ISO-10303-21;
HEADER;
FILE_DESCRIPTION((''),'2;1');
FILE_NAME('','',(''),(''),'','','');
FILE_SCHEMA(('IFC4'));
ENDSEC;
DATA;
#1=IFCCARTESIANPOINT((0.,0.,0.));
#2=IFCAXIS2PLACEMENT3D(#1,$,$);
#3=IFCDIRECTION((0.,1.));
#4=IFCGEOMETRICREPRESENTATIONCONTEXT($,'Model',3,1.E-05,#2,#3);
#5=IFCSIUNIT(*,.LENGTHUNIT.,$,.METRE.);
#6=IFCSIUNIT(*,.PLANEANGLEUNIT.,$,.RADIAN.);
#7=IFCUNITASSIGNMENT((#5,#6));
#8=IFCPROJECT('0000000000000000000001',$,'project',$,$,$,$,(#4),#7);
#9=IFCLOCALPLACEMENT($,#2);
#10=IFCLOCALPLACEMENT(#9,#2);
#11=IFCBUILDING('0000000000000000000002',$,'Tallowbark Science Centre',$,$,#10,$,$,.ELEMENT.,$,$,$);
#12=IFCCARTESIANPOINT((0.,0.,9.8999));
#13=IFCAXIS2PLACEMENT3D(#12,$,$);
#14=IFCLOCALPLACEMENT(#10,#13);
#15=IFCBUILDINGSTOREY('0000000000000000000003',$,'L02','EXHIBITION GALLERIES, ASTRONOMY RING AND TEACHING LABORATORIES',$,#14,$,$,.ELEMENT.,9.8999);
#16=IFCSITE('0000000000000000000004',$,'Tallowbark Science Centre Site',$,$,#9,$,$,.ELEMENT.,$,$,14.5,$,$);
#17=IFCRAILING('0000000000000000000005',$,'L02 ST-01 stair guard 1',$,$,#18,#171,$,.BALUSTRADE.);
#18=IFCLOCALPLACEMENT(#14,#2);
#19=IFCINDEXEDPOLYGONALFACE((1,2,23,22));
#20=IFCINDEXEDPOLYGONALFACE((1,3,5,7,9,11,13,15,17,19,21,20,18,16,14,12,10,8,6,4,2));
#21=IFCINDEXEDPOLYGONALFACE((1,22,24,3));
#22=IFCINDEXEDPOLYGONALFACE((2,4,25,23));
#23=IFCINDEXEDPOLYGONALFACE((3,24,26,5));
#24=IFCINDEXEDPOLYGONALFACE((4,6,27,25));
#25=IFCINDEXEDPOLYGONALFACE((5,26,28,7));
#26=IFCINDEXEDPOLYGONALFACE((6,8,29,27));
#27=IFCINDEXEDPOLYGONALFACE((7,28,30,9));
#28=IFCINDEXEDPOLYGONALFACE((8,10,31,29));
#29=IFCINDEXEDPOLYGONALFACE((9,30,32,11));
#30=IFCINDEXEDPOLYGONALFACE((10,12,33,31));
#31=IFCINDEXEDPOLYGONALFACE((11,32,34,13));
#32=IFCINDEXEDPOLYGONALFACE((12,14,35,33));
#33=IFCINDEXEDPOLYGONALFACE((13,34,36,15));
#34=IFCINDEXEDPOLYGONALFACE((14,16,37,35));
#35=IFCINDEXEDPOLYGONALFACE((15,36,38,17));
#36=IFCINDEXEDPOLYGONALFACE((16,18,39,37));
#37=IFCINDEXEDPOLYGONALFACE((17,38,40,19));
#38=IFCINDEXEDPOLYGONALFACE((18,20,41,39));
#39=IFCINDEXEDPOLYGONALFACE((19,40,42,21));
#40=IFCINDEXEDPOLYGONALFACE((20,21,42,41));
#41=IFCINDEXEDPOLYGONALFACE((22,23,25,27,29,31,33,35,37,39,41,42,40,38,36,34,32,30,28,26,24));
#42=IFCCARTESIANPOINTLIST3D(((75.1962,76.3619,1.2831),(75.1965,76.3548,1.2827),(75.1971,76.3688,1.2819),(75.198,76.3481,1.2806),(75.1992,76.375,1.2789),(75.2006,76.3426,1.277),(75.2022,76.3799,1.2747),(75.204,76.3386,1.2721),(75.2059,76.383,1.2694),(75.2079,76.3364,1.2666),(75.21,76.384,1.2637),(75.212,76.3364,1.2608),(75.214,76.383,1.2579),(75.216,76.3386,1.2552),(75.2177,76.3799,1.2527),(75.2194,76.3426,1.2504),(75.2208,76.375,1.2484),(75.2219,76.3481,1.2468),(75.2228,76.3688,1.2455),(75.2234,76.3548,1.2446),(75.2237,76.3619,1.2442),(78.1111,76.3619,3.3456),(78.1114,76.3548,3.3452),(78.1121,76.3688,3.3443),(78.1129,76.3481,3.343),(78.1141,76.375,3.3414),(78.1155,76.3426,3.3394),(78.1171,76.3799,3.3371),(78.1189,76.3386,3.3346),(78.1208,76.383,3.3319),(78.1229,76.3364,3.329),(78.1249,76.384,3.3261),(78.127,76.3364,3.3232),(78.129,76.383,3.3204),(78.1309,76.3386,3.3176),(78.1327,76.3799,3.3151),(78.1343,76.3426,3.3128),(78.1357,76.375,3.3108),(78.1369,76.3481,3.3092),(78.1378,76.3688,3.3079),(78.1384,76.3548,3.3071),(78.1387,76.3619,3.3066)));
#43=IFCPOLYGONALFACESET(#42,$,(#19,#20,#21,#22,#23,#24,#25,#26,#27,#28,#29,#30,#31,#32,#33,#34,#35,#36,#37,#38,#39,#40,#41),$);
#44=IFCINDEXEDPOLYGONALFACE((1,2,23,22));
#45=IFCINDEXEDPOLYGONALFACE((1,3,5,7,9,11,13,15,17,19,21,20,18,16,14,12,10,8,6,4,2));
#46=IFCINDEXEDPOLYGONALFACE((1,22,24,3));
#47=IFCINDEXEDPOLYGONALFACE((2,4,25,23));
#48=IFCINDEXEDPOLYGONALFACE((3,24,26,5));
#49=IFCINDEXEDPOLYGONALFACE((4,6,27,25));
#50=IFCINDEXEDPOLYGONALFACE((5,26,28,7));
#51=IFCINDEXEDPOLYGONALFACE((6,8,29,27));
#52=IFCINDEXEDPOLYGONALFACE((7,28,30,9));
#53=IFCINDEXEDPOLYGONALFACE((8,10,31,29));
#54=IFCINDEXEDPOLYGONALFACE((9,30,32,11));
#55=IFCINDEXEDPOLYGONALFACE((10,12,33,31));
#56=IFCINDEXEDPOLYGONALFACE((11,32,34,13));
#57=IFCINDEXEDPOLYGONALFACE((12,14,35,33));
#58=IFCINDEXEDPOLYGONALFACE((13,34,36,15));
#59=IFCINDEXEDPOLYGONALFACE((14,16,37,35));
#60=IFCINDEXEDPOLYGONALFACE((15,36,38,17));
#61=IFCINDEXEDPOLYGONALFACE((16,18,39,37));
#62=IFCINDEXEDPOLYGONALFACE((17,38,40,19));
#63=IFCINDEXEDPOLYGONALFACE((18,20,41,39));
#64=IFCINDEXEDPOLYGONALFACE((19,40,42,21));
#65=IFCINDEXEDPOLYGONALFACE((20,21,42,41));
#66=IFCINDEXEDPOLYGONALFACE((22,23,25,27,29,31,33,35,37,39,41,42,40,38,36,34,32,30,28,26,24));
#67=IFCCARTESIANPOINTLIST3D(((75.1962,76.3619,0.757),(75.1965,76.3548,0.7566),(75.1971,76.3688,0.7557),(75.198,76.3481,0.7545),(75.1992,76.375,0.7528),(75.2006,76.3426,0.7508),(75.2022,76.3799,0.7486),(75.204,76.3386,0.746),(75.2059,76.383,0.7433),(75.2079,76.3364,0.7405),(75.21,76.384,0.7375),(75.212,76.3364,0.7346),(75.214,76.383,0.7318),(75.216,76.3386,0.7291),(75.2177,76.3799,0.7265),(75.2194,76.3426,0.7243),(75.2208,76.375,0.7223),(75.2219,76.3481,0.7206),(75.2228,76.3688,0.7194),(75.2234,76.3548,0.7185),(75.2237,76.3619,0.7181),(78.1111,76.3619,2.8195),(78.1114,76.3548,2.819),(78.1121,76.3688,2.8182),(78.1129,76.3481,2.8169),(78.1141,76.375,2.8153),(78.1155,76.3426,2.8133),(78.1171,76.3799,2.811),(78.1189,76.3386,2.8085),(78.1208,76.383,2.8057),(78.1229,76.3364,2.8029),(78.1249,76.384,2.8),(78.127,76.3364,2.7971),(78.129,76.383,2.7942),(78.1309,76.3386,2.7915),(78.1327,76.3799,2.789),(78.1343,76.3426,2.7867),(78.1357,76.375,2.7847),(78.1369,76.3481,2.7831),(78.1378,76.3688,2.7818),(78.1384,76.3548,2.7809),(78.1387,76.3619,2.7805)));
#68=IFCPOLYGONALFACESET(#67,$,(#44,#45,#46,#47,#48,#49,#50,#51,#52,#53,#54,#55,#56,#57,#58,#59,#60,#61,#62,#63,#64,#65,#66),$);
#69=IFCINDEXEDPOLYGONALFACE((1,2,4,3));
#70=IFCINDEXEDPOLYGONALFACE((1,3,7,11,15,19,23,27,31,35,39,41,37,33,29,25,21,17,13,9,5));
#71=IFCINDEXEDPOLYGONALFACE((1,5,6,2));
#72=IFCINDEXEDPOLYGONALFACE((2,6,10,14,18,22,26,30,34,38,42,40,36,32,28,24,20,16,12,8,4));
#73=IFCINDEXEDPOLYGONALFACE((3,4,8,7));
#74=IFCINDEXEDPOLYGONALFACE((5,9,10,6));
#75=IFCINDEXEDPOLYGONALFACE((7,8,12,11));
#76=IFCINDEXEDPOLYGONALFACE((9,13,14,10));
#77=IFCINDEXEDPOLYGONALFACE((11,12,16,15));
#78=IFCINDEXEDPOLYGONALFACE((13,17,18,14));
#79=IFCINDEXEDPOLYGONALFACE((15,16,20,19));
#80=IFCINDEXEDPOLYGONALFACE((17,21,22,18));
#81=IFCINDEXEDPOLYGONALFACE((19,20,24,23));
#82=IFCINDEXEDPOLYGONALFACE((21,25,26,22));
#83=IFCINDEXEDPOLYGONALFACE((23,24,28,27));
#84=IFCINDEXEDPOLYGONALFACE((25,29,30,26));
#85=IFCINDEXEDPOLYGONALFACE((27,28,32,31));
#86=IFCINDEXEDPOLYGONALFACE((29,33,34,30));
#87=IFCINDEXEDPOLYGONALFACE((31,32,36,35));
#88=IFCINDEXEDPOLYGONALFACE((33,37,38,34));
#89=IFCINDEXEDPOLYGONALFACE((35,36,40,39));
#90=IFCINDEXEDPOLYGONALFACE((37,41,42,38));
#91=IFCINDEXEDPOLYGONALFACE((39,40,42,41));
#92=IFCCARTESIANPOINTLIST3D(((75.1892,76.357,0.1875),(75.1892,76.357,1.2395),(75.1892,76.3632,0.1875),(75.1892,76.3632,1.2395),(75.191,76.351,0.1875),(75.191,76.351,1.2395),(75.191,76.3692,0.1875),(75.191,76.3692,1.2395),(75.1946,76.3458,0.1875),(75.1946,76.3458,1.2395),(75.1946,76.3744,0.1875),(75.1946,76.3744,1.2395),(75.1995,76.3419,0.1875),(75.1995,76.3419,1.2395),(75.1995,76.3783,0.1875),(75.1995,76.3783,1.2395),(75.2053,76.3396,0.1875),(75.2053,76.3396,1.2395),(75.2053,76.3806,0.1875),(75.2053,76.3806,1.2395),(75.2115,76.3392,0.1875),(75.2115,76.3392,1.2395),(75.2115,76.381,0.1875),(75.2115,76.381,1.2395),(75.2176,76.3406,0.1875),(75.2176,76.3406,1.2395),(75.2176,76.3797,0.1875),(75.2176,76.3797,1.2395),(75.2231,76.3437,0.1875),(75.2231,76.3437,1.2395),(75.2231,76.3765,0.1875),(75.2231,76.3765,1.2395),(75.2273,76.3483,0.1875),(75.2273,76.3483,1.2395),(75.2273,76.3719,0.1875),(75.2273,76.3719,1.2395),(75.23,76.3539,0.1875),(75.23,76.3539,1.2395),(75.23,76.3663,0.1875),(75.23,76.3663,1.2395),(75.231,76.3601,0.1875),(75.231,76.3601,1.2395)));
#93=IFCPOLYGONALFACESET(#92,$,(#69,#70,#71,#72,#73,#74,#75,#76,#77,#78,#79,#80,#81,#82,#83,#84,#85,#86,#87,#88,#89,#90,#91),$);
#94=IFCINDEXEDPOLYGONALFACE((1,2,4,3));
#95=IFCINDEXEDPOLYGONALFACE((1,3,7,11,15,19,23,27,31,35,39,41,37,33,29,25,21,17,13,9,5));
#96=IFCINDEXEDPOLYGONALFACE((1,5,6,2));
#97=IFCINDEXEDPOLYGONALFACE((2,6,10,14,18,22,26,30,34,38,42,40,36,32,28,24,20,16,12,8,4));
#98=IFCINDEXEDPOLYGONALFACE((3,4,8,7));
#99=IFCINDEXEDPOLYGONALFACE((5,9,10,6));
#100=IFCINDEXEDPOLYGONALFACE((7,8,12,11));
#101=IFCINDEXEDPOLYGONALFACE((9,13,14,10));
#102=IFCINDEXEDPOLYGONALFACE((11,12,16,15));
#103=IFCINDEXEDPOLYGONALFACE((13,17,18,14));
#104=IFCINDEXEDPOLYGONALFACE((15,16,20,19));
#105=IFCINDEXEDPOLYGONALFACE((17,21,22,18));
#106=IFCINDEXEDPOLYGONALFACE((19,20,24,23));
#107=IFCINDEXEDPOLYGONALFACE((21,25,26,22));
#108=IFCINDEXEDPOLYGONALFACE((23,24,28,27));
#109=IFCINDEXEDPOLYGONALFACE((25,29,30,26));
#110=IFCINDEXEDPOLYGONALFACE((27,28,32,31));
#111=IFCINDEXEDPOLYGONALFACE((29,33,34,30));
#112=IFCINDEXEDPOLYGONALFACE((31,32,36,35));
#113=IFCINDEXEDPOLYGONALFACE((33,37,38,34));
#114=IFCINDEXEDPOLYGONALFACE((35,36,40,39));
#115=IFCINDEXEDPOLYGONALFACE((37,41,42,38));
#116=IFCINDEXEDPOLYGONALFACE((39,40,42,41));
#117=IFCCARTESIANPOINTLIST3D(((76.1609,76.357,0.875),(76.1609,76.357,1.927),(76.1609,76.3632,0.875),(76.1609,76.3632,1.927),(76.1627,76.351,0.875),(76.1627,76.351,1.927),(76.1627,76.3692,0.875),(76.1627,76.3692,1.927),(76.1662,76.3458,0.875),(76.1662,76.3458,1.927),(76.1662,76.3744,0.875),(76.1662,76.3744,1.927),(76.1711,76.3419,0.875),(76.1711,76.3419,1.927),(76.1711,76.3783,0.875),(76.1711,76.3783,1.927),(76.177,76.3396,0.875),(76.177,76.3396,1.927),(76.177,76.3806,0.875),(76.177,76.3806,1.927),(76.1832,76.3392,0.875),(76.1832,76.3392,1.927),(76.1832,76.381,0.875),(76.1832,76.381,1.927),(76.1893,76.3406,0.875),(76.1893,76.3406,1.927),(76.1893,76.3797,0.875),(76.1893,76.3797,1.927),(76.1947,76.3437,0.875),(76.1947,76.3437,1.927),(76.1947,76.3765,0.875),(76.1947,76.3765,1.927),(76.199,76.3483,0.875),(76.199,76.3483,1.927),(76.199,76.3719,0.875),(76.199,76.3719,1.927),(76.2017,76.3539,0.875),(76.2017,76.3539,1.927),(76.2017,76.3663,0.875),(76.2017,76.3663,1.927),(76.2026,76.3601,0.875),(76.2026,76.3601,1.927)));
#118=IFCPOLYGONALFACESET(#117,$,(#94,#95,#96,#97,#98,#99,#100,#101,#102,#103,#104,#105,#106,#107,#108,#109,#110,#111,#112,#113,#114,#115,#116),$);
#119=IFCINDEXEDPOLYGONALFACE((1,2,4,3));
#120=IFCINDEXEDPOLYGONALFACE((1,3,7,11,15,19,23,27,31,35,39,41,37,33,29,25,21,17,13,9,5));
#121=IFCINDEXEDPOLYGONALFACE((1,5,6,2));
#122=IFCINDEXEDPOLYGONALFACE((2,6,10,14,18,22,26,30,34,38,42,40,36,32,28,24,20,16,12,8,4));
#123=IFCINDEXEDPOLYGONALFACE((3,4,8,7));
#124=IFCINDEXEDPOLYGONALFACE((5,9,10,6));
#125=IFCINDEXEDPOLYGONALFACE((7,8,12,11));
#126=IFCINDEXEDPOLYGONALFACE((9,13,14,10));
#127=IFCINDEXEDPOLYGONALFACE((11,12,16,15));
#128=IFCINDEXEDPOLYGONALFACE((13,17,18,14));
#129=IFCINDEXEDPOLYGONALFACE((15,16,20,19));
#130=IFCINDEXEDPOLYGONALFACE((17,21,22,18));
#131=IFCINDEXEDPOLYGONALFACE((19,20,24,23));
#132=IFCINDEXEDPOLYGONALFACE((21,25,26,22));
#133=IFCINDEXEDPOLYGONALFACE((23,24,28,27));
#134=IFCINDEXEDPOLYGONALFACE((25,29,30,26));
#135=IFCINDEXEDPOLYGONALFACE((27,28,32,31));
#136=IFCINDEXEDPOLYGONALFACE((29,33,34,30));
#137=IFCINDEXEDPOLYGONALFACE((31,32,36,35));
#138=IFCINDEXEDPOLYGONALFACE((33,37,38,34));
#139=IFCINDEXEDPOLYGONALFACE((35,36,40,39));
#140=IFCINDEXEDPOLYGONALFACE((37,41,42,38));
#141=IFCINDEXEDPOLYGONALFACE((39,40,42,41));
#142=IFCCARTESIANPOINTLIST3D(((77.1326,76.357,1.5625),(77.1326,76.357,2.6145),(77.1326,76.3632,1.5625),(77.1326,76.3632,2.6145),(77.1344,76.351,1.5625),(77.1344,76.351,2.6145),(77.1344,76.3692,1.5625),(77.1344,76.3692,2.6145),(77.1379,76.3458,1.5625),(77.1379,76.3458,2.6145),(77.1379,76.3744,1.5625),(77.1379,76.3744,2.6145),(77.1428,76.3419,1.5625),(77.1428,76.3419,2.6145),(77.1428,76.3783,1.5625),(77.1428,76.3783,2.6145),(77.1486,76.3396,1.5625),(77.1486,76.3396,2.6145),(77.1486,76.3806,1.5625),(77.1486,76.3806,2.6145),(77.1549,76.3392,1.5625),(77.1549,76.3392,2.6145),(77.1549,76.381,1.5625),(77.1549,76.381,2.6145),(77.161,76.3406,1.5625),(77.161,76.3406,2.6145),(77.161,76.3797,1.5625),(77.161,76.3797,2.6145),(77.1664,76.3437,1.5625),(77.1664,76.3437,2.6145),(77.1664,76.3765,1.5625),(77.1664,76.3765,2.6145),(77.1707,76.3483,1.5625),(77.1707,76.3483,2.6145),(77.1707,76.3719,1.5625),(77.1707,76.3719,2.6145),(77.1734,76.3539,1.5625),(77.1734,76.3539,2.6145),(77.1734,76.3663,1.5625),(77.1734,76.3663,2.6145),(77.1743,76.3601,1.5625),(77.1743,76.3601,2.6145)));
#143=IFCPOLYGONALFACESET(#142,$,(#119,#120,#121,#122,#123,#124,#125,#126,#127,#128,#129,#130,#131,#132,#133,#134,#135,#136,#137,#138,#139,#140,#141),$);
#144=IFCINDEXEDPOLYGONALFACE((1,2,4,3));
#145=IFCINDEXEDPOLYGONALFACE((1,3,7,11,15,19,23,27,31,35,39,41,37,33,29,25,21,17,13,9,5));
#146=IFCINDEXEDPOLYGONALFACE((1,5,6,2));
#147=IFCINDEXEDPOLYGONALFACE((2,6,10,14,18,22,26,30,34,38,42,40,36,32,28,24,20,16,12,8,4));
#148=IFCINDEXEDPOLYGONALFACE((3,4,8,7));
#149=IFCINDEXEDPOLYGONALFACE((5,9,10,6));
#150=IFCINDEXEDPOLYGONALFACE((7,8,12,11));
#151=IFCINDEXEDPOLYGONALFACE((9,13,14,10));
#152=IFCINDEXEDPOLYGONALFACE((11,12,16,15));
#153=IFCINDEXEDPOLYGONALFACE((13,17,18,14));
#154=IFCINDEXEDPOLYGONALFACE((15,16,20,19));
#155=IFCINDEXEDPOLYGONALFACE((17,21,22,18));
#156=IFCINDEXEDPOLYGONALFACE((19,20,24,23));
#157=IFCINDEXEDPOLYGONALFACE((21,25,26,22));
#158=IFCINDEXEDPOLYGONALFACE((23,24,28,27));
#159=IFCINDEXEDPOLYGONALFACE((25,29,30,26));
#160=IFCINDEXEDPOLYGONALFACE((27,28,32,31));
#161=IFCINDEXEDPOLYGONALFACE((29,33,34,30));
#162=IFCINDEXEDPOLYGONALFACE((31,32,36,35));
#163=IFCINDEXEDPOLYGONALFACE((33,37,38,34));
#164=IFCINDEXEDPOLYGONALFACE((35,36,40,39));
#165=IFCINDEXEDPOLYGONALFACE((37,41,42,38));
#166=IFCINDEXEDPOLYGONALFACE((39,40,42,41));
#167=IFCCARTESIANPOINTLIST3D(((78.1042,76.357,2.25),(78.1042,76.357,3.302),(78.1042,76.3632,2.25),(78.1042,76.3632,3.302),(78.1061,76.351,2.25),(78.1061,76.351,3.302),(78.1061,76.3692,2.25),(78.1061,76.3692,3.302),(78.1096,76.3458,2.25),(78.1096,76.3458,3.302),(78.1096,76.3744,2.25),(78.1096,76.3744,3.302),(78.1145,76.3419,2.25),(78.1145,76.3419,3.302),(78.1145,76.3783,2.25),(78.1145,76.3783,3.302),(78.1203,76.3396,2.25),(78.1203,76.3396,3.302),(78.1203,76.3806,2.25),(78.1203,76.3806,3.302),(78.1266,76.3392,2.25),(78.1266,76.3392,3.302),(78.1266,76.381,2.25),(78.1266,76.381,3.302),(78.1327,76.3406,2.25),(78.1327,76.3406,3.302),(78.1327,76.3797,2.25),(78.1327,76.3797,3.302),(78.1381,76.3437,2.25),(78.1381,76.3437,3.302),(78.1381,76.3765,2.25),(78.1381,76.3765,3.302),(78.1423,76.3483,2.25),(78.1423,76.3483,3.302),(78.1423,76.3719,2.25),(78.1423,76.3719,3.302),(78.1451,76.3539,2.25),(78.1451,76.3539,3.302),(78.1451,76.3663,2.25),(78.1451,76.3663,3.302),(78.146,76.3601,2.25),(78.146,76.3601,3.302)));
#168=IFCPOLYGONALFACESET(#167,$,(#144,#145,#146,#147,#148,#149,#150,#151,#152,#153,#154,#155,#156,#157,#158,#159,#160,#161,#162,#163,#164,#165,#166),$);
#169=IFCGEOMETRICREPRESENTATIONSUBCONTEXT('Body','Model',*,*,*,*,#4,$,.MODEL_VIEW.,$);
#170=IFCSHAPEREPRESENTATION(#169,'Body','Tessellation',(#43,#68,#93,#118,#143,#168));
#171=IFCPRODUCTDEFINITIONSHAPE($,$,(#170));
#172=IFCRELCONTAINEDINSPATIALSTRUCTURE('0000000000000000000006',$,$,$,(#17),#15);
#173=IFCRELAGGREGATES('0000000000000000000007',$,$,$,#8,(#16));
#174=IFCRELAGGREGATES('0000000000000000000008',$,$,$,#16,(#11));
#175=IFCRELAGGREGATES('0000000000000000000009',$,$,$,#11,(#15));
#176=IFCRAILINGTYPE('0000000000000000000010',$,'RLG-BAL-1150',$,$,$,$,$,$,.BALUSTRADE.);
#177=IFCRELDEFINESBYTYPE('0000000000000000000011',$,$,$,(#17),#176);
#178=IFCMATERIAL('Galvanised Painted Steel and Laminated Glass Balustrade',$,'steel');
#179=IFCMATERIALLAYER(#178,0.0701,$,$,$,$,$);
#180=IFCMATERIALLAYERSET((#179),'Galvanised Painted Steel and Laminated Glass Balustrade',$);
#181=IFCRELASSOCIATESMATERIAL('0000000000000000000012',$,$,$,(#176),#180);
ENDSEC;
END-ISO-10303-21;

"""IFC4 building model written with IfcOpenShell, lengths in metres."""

from ifc_helpers import new_model, si_unit, direction, frame, origin, origin_2d, place, context, subcontext, project, spatial, circle, extrude, material, layer, layer_set, type_object, element, save


model = new_model("IFC4")

# Units and contexts
model_context = context("Model", 3, precision=1e-05, world=origin(), true_north=direction((0.0, 1.0)))
body_context = subcontext(model_context, "Body", "Model", "MODEL_VIEW")
ifc_project = project(units=[si_unit("LENGTHUNIT", "METRE"), si_unit("PLANEANGLEUNIT", "RADIAN")], contexts=[model_context])

# Site, building, storey
site_placement = place(None, origin())
site = spatial("IfcSite", under=ifc_project, at=site_placement, Name="Tallowbark Science Centre Site", CompositionType="ELEMENT", RefElevation=14.5)
building_placement = place(site_placement, origin())
building = spatial("IfcBuilding", under=site, at=building_placement, Name="Tallowbark Science Centre", CompositionType="ELEMENT")
storey_placement = place(building_placement, frame((0.0, 0.0, 9.8999)))
storey = spatial("IfcBuildingStorey", under=building, at=storey_placement, Name="L02", Description="EXHIBITION GALLERIES, ASTRONOMY RING AND TEACHING LABORATORIES", CompositionType="ELEMENT", Elevation=9.8999)

# Railing
ifc_material_1 = material(Name="Galvanised Painted Steel and Laminated Glass Balustrade", Category="steel")
ifc_layer_1 = layer(ifc_material_1, 0.0701)
ifc_layer_set_1 = layer_set([ifc_layer_1], Name="Galvanised Painted Steel and Laminated Glass Balustrade")
railing_type_1 = type_object("IfcRailingType", Name="RLG-BAL-1150", PredefinedType="BALUSTRADE", material=ifc_layer_set_1)
railing_1_placement = place(storey_placement, frame((75.21, 76.3601, 0.1875)))
element("IfcRailing", 1, at=railing_1_placement, inside=storey, type_object=railing_type_1, Name="L02 ST-01 stair guard 1", PredefinedType="BALUSTRADE", context=body_context, shape_type="SweptSolid", body=[
    extrude(circle(Radius=0.0239, at=origin_2d()), frame((0.0, 0.0, 1.0762), z_axis=(0.816331, 0.0, 0.577585), x_axis=(0.0, 1.0, 0.0)), (0.0, 0.0, 1.0), 3.5708),
    extrude(circle(Radius=0.0239, at=origin_2d()), frame((0.0, 0.0, 0.55), z_axis=(0.816331, 0.0, 0.577585), x_axis=(0.0, 1.0, 0.0)), (0.0, 0.0, 1.0), 3.5708),
    extrude(circle(Radius=0.021, at=origin_2d()), origin(), (0.0, 0.0, 1.0), 1.052),
    extrude(circle(Radius=0.021, at=origin_2d()), frame((0.9717, 0.0, 0.6875)), (0.0, 0.0, 1.0), 1.052),
    extrude(circle(Radius=0.021, at=origin_2d()), frame((1.9434, 0.0, 1.375)), (0.0, 0.0, 1.0), 1.052),
    extrude(circle(Radius=0.021, at=origin_2d()), frame((2.915, 0.0, 2.0625)), (0.0, 0.0, 1.0), 1.052),
])

save(model, "model.ifc")
